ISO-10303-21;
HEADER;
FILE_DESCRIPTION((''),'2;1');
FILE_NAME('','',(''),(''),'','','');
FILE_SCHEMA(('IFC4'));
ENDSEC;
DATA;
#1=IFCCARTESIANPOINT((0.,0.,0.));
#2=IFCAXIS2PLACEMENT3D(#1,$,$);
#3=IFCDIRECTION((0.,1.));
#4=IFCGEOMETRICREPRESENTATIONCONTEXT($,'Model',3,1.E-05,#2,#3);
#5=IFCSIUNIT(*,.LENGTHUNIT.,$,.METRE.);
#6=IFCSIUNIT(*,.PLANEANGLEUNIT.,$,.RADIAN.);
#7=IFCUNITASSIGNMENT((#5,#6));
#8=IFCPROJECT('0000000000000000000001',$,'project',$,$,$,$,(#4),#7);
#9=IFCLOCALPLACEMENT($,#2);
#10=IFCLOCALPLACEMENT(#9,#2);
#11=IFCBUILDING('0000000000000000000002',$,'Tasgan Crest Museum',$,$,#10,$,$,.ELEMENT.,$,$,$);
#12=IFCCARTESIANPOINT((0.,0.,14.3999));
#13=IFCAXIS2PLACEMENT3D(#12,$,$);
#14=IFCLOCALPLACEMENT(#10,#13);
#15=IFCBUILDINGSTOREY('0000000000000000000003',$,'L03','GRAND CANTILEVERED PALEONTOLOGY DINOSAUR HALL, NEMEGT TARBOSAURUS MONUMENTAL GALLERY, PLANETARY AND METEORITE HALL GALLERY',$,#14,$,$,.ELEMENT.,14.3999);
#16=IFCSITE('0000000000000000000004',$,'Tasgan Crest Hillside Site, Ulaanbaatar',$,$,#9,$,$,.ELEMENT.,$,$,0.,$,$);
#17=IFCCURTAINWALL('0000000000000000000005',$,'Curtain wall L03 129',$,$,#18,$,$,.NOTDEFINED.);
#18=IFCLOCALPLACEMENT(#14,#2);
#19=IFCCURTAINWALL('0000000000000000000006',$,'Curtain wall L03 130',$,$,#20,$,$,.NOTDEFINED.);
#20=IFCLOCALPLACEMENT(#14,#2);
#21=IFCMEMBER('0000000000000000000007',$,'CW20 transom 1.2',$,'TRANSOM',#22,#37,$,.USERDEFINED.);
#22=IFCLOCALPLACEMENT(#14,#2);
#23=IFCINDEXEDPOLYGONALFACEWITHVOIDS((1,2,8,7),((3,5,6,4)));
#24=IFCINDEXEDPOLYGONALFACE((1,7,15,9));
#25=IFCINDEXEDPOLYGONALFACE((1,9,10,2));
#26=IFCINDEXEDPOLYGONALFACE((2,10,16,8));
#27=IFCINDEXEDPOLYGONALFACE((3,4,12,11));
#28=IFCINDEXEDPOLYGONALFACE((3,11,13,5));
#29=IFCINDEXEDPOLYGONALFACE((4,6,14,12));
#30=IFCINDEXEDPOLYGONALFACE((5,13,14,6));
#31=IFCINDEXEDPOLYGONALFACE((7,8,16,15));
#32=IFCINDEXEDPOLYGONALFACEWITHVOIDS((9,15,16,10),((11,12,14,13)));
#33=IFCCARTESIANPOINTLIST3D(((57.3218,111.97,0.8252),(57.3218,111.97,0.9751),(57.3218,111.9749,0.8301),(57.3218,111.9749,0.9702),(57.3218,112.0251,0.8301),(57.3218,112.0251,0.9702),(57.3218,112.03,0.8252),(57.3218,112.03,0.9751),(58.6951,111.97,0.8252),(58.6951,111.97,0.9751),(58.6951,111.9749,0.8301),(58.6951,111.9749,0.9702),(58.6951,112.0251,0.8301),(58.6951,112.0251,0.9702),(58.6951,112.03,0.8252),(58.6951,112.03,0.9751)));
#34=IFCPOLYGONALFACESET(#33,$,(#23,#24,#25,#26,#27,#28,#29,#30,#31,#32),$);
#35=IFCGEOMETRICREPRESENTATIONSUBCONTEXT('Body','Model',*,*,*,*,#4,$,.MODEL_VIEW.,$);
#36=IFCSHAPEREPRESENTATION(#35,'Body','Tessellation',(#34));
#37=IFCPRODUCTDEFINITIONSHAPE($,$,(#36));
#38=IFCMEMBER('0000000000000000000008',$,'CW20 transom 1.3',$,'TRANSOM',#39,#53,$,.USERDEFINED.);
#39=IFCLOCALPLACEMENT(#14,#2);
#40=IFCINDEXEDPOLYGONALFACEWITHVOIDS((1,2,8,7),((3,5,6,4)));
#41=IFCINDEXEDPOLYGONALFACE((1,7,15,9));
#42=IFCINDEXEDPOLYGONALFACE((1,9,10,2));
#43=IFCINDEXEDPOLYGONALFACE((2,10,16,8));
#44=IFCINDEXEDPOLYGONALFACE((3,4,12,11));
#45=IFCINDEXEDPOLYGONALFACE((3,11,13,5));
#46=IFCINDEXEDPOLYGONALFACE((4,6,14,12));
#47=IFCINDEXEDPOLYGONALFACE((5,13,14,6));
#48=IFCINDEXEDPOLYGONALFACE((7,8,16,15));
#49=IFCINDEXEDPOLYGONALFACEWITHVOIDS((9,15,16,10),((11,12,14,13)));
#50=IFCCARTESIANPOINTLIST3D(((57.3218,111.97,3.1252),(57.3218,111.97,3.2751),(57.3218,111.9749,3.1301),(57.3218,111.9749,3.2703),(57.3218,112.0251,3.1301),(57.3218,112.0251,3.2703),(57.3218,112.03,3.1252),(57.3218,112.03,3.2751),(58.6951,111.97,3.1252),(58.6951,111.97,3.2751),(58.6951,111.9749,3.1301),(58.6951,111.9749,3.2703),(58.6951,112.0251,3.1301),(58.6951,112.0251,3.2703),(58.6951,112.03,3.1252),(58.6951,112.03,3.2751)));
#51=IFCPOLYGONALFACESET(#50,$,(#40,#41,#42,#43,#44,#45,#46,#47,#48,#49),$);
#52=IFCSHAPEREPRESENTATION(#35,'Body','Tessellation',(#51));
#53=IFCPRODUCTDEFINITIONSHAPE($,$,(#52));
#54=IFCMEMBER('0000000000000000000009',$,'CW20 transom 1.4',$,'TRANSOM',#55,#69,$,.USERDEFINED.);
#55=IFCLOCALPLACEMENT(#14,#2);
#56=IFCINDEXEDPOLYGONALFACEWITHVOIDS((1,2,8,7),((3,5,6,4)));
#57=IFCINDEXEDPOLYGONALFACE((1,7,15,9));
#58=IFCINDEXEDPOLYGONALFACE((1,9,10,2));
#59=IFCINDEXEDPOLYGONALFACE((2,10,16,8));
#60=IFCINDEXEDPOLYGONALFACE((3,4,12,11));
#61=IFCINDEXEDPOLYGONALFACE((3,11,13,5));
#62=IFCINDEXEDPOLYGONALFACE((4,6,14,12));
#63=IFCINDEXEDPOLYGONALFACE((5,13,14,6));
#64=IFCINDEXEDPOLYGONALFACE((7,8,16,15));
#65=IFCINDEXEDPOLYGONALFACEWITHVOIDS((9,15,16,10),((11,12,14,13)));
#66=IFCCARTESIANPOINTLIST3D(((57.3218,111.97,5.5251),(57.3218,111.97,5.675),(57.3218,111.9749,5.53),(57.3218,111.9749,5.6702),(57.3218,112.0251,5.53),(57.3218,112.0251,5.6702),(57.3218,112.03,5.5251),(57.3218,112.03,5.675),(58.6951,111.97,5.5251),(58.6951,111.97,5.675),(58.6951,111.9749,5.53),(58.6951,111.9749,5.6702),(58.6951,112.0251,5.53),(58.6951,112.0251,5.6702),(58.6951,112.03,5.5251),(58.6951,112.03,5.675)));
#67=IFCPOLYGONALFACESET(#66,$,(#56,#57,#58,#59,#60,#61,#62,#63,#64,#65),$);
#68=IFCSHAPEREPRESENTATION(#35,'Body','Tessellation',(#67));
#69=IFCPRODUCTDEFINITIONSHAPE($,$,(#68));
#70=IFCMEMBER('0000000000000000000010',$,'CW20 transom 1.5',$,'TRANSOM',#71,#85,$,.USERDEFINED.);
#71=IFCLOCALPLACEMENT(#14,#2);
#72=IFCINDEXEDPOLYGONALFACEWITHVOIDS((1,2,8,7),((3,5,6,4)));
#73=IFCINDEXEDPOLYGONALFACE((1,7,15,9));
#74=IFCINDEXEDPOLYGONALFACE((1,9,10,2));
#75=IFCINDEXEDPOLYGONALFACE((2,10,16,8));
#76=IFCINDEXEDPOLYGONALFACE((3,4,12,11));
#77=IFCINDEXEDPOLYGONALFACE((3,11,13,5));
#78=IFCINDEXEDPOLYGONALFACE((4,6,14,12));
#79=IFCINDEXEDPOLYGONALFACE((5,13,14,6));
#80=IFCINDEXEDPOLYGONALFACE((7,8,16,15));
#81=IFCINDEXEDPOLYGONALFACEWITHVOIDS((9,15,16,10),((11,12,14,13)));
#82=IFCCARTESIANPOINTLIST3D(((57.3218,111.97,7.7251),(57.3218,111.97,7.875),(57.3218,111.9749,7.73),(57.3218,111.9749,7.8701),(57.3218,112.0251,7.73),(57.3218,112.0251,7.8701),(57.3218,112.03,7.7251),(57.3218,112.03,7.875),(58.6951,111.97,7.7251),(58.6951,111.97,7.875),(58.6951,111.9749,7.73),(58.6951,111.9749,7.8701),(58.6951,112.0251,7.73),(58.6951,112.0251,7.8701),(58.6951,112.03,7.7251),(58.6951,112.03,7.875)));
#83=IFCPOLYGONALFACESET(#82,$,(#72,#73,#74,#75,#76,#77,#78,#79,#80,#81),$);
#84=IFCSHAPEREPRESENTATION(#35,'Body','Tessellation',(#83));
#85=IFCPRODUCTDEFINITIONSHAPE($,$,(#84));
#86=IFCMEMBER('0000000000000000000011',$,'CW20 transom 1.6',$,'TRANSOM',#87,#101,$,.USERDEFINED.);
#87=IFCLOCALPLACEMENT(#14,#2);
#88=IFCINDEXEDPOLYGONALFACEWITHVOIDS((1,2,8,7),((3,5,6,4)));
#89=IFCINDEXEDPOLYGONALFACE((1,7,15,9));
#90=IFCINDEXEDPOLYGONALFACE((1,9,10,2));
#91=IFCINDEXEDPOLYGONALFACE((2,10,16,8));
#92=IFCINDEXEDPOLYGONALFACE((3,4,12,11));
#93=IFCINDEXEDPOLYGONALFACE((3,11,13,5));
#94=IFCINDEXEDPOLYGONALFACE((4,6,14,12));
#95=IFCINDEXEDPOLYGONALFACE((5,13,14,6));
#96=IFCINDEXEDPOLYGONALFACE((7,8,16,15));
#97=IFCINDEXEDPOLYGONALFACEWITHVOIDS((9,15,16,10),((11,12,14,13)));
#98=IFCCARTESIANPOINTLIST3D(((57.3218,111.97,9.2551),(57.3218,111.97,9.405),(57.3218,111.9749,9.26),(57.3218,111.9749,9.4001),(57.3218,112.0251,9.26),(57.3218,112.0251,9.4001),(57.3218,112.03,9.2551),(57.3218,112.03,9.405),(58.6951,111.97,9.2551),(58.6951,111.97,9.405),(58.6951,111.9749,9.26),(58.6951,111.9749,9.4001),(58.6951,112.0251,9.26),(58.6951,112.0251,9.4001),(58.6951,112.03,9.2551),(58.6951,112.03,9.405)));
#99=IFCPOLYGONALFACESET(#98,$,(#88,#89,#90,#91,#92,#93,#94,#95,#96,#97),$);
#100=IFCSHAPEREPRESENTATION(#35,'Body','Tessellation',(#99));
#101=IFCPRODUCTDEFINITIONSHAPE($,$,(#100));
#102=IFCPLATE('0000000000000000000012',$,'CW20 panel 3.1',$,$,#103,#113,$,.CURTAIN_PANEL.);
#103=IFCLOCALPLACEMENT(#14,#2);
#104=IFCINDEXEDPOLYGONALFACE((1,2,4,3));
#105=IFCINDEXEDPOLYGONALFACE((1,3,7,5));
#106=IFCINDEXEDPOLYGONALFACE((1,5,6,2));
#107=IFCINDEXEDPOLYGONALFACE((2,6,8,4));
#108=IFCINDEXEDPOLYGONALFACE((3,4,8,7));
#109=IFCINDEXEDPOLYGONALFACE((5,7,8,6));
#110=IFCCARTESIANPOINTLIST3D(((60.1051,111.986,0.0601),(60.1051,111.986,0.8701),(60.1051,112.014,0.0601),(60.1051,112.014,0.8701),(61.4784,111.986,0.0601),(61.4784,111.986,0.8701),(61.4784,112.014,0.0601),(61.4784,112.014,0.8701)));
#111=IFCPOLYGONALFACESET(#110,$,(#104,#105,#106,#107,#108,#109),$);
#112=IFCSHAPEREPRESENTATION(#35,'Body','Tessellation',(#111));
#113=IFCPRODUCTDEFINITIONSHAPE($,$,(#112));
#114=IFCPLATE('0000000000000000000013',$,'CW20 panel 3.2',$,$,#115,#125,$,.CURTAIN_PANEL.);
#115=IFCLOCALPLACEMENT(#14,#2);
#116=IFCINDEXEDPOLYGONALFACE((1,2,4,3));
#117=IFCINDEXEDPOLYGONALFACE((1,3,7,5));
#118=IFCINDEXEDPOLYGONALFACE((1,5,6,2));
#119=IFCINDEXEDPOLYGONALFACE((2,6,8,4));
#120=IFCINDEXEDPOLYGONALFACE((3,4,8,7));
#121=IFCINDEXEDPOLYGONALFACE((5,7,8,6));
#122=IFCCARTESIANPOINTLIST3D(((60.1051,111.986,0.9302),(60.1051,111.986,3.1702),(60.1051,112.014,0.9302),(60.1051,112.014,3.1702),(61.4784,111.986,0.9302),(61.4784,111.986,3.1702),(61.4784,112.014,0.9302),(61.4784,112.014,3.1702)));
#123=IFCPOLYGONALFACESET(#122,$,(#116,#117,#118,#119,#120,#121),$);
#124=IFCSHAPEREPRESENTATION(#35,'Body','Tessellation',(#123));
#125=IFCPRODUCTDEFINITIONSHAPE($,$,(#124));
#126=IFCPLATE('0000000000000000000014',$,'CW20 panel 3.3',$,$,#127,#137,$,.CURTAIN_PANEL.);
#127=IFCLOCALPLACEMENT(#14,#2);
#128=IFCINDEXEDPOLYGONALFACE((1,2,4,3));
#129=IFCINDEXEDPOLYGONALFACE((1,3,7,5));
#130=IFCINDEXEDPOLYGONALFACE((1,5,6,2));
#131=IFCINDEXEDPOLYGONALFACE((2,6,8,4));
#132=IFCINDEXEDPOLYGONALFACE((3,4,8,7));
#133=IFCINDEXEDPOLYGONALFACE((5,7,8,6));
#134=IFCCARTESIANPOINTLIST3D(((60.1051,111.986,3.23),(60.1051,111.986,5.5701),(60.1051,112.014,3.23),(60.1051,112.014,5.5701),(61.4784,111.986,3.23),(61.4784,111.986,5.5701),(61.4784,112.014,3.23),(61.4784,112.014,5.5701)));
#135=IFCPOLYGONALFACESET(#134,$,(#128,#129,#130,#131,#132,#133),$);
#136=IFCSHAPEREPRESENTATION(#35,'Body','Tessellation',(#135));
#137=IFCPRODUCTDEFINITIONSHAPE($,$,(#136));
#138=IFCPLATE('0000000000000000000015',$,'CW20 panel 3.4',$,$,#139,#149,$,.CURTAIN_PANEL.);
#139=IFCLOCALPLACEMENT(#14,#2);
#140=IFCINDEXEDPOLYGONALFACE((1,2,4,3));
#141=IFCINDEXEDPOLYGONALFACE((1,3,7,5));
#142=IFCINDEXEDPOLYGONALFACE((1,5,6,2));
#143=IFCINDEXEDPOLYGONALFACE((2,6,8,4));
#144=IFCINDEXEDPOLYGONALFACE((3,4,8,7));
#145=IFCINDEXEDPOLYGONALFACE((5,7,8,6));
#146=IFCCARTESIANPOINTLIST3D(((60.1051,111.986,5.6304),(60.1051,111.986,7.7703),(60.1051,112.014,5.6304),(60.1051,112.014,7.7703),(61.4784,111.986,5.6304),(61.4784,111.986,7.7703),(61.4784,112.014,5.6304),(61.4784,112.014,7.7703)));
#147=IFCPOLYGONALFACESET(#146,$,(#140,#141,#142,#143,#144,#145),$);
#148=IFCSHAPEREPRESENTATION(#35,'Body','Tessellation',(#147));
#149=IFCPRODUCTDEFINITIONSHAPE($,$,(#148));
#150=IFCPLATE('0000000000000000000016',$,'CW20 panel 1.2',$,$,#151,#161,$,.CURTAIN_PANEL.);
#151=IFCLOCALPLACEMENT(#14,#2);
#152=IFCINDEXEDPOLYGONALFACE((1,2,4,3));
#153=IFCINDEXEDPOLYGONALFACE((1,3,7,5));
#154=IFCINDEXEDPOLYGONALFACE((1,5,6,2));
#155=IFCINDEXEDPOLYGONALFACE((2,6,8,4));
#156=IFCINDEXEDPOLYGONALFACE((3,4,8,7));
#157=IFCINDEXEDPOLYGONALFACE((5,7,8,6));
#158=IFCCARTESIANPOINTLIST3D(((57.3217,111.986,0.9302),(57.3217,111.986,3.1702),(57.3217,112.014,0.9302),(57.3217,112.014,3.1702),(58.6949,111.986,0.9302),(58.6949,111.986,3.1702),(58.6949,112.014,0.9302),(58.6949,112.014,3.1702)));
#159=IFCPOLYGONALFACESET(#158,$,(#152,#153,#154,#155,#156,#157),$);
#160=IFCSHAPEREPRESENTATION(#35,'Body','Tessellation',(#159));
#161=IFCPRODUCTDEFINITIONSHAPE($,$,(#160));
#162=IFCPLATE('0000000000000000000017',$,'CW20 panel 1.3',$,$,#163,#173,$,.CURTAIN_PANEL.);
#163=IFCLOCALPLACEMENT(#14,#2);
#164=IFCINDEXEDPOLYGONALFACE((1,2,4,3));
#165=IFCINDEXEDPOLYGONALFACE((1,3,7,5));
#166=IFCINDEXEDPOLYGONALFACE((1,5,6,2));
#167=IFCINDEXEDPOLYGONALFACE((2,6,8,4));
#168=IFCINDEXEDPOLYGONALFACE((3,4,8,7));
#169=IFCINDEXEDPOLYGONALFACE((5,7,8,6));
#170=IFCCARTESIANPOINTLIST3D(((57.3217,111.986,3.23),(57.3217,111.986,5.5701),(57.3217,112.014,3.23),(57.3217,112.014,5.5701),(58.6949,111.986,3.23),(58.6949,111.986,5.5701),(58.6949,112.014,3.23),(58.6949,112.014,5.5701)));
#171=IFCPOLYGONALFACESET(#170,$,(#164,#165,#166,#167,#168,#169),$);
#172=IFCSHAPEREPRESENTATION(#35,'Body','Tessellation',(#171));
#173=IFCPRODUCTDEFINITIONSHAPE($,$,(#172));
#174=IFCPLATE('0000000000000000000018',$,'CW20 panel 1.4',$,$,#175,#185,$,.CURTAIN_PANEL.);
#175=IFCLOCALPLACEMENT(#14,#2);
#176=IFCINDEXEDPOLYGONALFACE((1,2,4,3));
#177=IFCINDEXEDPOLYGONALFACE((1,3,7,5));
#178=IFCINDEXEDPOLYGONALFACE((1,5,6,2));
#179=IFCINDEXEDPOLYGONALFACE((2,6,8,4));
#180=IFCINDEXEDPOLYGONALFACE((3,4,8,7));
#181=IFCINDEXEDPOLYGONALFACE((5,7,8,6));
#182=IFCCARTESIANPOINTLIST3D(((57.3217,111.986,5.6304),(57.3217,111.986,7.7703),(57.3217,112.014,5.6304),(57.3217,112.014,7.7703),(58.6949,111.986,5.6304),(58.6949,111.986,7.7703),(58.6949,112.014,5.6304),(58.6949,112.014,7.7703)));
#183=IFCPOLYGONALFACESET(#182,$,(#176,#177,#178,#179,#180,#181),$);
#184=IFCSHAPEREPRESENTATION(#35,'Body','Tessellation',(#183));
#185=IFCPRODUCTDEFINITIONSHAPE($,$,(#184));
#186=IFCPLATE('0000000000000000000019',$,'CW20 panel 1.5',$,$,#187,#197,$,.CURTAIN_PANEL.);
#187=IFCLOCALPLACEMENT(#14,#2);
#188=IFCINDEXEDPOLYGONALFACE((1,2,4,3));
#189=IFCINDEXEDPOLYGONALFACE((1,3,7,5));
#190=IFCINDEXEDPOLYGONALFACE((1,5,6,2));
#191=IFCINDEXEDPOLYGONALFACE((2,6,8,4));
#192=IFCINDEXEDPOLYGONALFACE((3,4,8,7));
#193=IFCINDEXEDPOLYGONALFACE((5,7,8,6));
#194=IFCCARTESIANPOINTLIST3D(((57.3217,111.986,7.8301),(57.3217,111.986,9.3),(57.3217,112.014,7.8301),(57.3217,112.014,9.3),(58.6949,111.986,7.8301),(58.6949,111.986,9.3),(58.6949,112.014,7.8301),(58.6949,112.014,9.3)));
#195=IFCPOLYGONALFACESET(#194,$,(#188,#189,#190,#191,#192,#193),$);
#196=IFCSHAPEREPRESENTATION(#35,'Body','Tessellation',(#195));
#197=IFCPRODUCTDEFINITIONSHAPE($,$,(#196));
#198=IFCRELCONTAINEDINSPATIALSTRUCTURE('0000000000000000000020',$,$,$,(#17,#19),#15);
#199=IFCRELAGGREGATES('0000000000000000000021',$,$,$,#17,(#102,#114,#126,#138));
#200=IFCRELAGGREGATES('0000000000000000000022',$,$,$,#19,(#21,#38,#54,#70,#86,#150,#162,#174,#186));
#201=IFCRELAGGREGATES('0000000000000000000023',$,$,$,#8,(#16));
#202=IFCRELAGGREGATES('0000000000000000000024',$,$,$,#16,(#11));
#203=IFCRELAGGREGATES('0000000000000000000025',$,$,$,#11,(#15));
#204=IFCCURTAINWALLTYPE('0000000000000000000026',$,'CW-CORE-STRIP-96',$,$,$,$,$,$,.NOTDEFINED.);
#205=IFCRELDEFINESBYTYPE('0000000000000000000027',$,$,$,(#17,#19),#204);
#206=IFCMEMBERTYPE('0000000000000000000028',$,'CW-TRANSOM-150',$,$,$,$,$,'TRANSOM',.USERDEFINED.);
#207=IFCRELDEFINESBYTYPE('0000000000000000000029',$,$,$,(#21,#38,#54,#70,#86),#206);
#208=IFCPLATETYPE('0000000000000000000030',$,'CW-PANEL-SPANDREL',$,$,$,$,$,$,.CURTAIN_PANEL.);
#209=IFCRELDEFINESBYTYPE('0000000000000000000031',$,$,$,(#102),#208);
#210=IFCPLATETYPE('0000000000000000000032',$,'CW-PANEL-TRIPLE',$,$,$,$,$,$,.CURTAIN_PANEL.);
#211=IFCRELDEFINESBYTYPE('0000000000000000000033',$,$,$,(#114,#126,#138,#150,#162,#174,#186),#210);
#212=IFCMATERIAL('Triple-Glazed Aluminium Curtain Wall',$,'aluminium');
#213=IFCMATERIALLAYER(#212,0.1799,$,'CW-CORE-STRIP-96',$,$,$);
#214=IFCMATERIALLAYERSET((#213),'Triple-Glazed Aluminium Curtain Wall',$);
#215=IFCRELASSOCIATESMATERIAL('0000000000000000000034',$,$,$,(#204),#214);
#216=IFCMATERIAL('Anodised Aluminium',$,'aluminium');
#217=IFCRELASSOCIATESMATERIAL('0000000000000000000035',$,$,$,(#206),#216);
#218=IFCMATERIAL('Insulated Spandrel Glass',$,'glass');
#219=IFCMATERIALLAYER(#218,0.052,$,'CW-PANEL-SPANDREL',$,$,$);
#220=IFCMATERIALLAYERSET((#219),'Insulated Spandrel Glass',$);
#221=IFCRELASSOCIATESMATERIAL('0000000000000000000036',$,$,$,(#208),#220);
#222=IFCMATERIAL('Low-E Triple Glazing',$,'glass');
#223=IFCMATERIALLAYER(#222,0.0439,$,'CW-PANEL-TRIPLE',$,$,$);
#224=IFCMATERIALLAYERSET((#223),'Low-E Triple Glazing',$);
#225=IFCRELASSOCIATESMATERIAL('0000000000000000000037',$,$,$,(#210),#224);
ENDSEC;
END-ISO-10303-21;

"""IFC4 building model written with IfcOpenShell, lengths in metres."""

from ifc_helpers import new_model, si_unit, direction, frame, origin, origin_2d, place, context, subcontext, project, spatial, rectangle, hollow_rectangle, extrude, material, layer, layer_set, material_profile, profile_set, type_object, element, aggregate, save


model = new_model("IFC4")

# Units and contexts
model_context = context("Model", 3, precision=1e-05, world=origin(), true_north=direction((0.0, 1.0)))
body_context = subcontext(model_context, "Body", "Model", "MODEL_VIEW")
ifc_project = project(units=[si_unit("LENGTHUNIT", "METRE"), si_unit("PLANEANGLEUNIT", "RADIAN")], contexts=[model_context])

# Site, building, storey
site_placement = place(None, origin())
site = spatial("IfcSite", under=ifc_project, at=site_placement, Name="Tasgan Crest Hillside Site, Ulaanbaatar", CompositionType="ELEMENT", RefElevation=0.0)
building_placement = place(site_placement, origin())
building = spatial("IfcBuilding", under=site, at=building_placement, Name="Tasgan Crest Museum", CompositionType="ELEMENT")
storey_placement = place(building_placement, frame((0.0, 0.0, 14.3999)))
storey = spatial("IfcBuildingStorey", under=building, at=storey_placement, Name="L03", Description="GRAND CANTILEVERED PALEONTOLOGY DINOSAUR HALL, NEMEGT TARBOSAURUS MONUMENTAL GALLERY, PLANETARY AND METEORITE HALL GALLERY", CompositionType="ELEMENT", Elevation=14.3999)

# Curtain wall
ifc_material_1 = material(Name="Triple-Glazed Aluminium Curtain Wall", Category="aluminium")
ifc_layer_1 = layer(ifc_material_1, 0.1799, Name="CW-CORE-STRIP-96")
ifc_layer_set_1 = layer_set([ifc_layer_1], Name="Triple-Glazed Aluminium Curtain Wall")
curtain_wall_type = type_object("IfcCurtainWallType", Name="CW-CORE-STRIP-96", PredefinedType="NOTDEFINED", material=ifc_layer_set_1)
curtain_wall_1_placement = place(storey_placement, origin())
curtain_wall_1 = element("IfcCurtainWall", 1, at=curtain_wall_1_placement, inside=storey, type_object=curtain_wall_type, Name="Curtain wall L03 129", PredefinedType="NOTDEFINED")

# Curtain wall, members
curtain_wall_2_placement = place(storey_placement, origin())
curtain_wall_2 = element("IfcCurtainWall", 2, at=curtain_wall_2_placement, inside=storey, type_object=curtain_wall_type, Name="Curtain wall L03 130", PredefinedType="NOTDEFINED")
ifc_material_2 = material(Name="Anodised Aluminium", Category="aluminium")
ifc_material_profile_1 = material_profile(ifc_material_2, hollow_rectangle(XDim=0.0601, YDim=0.1499, WallThickness=0.0049, at=origin_2d()), Name="ALU TRANSOM 150x60x5")
ifc_profile_set_1 = profile_set([ifc_material_profile_1], Name="Anodised Aluminium")
member_type_1 = type_object("IfcMemberType", Name="CW-TRANSOM-150", ElementType="TRANSOM", PredefinedType="USERDEFINED", material=ifc_profile_set_1)
member_1_placement = place(storey_placement, frame((58.6951, 112.0, 0.9001), z_axis=(-1.0, 0.0, 0.0), x_axis=(0.0, -1.0, 0.0)))
member_1 = element("IfcMember", 3, at=member_1_placement, type_object=member_type_1, Name="CW20 transom 1.2", ObjectType="TRANSOM", PredefinedType="USERDEFINED", context=body_context, shape_type="SweptSolid", body=[
    extrude(hollow_rectangle(XDim=0.0601, YDim=0.1499, WallThickness=0.0049, at=origin_2d()), origin(), (0.0, 0.0, 1.0), 1.3733),
])
member_2_placement = place(storey_placement, frame((58.6951, 112.0, 3.2002), z_axis=(-1.0, 0.0, 0.0), x_axis=(0.0, -1.0, 0.0)))
member_2 = element("IfcMember", 4, at=member_2_placement, type_object=member_type_1, Name="CW20 transom 1.3", ObjectType="TRANSOM", PredefinedType="USERDEFINED", context=body_context, shape_type="SweptSolid", body=[
    extrude(hollow_rectangle(XDim=0.0601, YDim=0.1499, WallThickness=0.0049, at=origin_2d()), origin(), (0.0, 0.0, 1.0), 1.3733),
])
member_3_placement = place(storey_placement, frame((58.6951, 112.0, 5.6001), z_axis=(-1.0, 0.0, 0.0), x_axis=(0.0, -1.0, 0.0)))
member_3 = element("IfcMember", 5, at=member_3_placement, type_object=member_type_1, Name="CW20 transom 1.4", ObjectType="TRANSOM", PredefinedType="USERDEFINED", context=body_context, shape_type="SweptSolid", body=[
    extrude(hollow_rectangle(XDim=0.0601, YDim=0.1499, WallThickness=0.0049, at=origin_2d()), origin(), (0.0, 0.0, 1.0), 1.3733),
])
member_4_placement = place(storey_placement, frame((58.6951, 112.0, 7.8), z_axis=(-1.0, 0.0, 0.0), x_axis=(0.0, -1.0, 0.0)))
member_4 = element("IfcMember", 6, at=member_4_placement, type_object=member_type_1, Name="CW20 transom 1.5", ObjectType="TRANSOM", PredefinedType="USERDEFINED", context=body_context, shape_type="SweptSolid", body=[
    extrude(hollow_rectangle(XDim=0.0601, YDim=0.1499, WallThickness=0.0049, at=origin_2d()), origin(), (0.0, 0.0, 1.0), 1.3733),
])
member_5_placement = place(storey_placement, frame((58.6951, 112.0, 9.3301), z_axis=(-1.0, 0.0, 0.0), x_axis=(0.0, -1.0, 0.0)))
member_5 = element("IfcMember", 7, at=member_5_placement, type_object=member_type_1, Name="CW20 transom 1.6", ObjectType="TRANSOM", PredefinedType="USERDEFINED", context=body_context, shape_type="SweptSolid", body=[
    extrude(hollow_rectangle(XDim=0.0601, YDim=0.1499, WallThickness=0.0049, at=origin_2d()), origin(), (0.0, 0.0, 1.0), 1.3733),
])

# Plates
ifc_material_3 = material(Name="Insulated Spandrel Glass", Category="glass")
ifc_layer_2 = layer(ifc_material_3, 0.052, Name="CW-PANEL-SPANDREL")
ifc_layer_set_2 = layer_set([ifc_layer_2], Name="Insulated Spandrel Glass")
plate_type_1 = type_object("IfcPlateType", Name="CW-PANEL-SPANDREL", PredefinedType="CURTAIN_PANEL", material=ifc_layer_set_2)
plate_1_placement = place(storey_placement, frame((60.7917, 112.0, 0.0601), z_axis=(0.0, 0.0, 1.0), x_axis=(-1.0, 0.0, 0.0)))
plate_1 = element("IfcPlate", 8, at=plate_1_placement, type_object=plate_type_1, Name="CW20 panel 3.1", PredefinedType="CURTAIN_PANEL", context=body_context, shape_type="SweptSolid", body=[
    extrude(rectangle(XDim=1.3733, YDim=0.0281, at=origin_2d()), origin(), (0.0, 0.0, 1.0), 0.8101),
])
ifc_material_4 = material(Name="Low-E Triple Glazing", Category="glass")
ifc_layer_3 = layer(ifc_material_4, 0.0439, Name="CW-PANEL-TRIPLE")
ifc_layer_set_3 = layer_set([ifc_layer_3], Name="Low-E Triple Glazing")
plate_type_2 = type_object("IfcPlateType", Name="CW-PANEL-TRIPLE", PredefinedType="CURTAIN_PANEL", material=ifc_layer_set_3)
plate_2_placement = place(storey_placement, frame((60.7917, 112.0, 0.9302), z_axis=(0.0, 0.0, 1.0), x_axis=(-1.0, 0.0, 0.0)))
plate_2 = element("IfcPlate", 9, at=plate_2_placement, type_object=plate_type_2, Name="CW20 panel 3.2", PredefinedType="CURTAIN_PANEL", context=body_context, shape_type="SweptSolid", body=[
    extrude(rectangle(XDim=1.3733, YDim=0.0281, at=origin_2d()), origin(), (0.0, 0.0, 1.0), 2.24),
])
plate_3_placement = place(storey_placement, frame((60.7917, 112.0, 3.23), z_axis=(0.0, 0.0, 1.0), x_axis=(-1.0, 0.0, 0.0)))
plate_3 = element("IfcPlate", 10, at=plate_3_placement, type_object=plate_type_2, Name="CW20 panel 3.3", PredefinedType="CURTAIN_PANEL", context=body_context, shape_type="SweptSolid", body=[
    extrude(rectangle(XDim=1.3733, YDim=0.0281, at=origin_2d()), origin(), (0.0, 0.0, 1.0), 2.3401),
])
plate_4_placement = place(storey_placement, frame((60.7917, 112.0, 5.6304), z_axis=(0.0, 0.0, 1.0), x_axis=(-1.0, 0.0, 0.0)))
plate_4 = element("IfcPlate", 11, at=plate_4_placement, type_object=plate_type_2, Name="CW20 panel 3.4", PredefinedType="CURTAIN_PANEL", context=body_context, shape_type="SweptSolid", body=[
    extrude(rectangle(XDim=1.3733, YDim=0.0281, at=origin_2d()), origin(), (0.0, 0.0, 1.0), 2.1399),
])
aggregate(curtain_wall_1, [plate_1, plate_2, plate_3, plate_4])
plate_5_placement = place(storey_placement, frame((58.0083, 112.0, 0.9302), z_axis=(0.0, 0.0, 1.0), x_axis=(-1.0, 0.0, 0.0)))
plate_5 = element("IfcPlate", 12, at=plate_5_placement, type_object=plate_type_2, Name="CW20 panel 1.2", PredefinedType="CURTAIN_PANEL", context=body_context, shape_type="SweptSolid", body=[
    extrude(rectangle(XDim=1.3733, YDim=0.0281, at=origin_2d()), origin(), (0.0, 0.0, 1.0), 2.24),
])
plate_6_placement = place(storey_placement, frame((58.0083, 112.0, 3.23), z_axis=(0.0, 0.0, 1.0), x_axis=(-1.0, 0.0, 0.0)))
plate_6 = element("IfcPlate", 13, at=plate_6_placement, type_object=plate_type_2, Name="CW20 panel 1.3", PredefinedType="CURTAIN_PANEL", context=body_context, shape_type="SweptSolid", body=[
    extrude(rectangle(XDim=1.3733, YDim=0.0281, at=origin_2d()), origin(), (0.0, 0.0, 1.0), 2.3401),
])
plate_7_placement = place(storey_placement, frame((58.0083, 112.0, 5.6304), z_axis=(0.0, 0.0, 1.0), x_axis=(-1.0, 0.0, 0.0)))
plate_7 = element("IfcPlate", 14, at=plate_7_placement, type_object=plate_type_2, Name="CW20 panel 1.4", PredefinedType="CURTAIN_PANEL", context=body_context, shape_type="SweptSolid", body=[
    extrude(rectangle(XDim=1.3733, YDim=0.0281, at=origin_2d()), origin(), (0.0, 0.0, 1.0), 2.1399),
])
plate_8_placement = place(storey_placement, frame((58.0083, 112.0, 7.8301), z_axis=(0.0, 0.0, 1.0), x_axis=(-1.0, 0.0, 0.0)))
plate_8 = element("IfcPlate", 15, at=plate_8_placement, type_object=plate_type_2, Name="CW20 panel 1.5", PredefinedType="CURTAIN_PANEL", context=body_context, shape_type="SweptSolid", body=[
    extrude(rectangle(XDim=1.3733, YDim=0.0281, at=origin_2d()), origin(), (0.0, 0.0, 1.0), 1.47),
])
aggregate(curtain_wall_2, [member_1, member_2, member_3, member_4, member_5, plate_5, plate_6, plate_7, plate_8])

save(model, "model.ifc")
